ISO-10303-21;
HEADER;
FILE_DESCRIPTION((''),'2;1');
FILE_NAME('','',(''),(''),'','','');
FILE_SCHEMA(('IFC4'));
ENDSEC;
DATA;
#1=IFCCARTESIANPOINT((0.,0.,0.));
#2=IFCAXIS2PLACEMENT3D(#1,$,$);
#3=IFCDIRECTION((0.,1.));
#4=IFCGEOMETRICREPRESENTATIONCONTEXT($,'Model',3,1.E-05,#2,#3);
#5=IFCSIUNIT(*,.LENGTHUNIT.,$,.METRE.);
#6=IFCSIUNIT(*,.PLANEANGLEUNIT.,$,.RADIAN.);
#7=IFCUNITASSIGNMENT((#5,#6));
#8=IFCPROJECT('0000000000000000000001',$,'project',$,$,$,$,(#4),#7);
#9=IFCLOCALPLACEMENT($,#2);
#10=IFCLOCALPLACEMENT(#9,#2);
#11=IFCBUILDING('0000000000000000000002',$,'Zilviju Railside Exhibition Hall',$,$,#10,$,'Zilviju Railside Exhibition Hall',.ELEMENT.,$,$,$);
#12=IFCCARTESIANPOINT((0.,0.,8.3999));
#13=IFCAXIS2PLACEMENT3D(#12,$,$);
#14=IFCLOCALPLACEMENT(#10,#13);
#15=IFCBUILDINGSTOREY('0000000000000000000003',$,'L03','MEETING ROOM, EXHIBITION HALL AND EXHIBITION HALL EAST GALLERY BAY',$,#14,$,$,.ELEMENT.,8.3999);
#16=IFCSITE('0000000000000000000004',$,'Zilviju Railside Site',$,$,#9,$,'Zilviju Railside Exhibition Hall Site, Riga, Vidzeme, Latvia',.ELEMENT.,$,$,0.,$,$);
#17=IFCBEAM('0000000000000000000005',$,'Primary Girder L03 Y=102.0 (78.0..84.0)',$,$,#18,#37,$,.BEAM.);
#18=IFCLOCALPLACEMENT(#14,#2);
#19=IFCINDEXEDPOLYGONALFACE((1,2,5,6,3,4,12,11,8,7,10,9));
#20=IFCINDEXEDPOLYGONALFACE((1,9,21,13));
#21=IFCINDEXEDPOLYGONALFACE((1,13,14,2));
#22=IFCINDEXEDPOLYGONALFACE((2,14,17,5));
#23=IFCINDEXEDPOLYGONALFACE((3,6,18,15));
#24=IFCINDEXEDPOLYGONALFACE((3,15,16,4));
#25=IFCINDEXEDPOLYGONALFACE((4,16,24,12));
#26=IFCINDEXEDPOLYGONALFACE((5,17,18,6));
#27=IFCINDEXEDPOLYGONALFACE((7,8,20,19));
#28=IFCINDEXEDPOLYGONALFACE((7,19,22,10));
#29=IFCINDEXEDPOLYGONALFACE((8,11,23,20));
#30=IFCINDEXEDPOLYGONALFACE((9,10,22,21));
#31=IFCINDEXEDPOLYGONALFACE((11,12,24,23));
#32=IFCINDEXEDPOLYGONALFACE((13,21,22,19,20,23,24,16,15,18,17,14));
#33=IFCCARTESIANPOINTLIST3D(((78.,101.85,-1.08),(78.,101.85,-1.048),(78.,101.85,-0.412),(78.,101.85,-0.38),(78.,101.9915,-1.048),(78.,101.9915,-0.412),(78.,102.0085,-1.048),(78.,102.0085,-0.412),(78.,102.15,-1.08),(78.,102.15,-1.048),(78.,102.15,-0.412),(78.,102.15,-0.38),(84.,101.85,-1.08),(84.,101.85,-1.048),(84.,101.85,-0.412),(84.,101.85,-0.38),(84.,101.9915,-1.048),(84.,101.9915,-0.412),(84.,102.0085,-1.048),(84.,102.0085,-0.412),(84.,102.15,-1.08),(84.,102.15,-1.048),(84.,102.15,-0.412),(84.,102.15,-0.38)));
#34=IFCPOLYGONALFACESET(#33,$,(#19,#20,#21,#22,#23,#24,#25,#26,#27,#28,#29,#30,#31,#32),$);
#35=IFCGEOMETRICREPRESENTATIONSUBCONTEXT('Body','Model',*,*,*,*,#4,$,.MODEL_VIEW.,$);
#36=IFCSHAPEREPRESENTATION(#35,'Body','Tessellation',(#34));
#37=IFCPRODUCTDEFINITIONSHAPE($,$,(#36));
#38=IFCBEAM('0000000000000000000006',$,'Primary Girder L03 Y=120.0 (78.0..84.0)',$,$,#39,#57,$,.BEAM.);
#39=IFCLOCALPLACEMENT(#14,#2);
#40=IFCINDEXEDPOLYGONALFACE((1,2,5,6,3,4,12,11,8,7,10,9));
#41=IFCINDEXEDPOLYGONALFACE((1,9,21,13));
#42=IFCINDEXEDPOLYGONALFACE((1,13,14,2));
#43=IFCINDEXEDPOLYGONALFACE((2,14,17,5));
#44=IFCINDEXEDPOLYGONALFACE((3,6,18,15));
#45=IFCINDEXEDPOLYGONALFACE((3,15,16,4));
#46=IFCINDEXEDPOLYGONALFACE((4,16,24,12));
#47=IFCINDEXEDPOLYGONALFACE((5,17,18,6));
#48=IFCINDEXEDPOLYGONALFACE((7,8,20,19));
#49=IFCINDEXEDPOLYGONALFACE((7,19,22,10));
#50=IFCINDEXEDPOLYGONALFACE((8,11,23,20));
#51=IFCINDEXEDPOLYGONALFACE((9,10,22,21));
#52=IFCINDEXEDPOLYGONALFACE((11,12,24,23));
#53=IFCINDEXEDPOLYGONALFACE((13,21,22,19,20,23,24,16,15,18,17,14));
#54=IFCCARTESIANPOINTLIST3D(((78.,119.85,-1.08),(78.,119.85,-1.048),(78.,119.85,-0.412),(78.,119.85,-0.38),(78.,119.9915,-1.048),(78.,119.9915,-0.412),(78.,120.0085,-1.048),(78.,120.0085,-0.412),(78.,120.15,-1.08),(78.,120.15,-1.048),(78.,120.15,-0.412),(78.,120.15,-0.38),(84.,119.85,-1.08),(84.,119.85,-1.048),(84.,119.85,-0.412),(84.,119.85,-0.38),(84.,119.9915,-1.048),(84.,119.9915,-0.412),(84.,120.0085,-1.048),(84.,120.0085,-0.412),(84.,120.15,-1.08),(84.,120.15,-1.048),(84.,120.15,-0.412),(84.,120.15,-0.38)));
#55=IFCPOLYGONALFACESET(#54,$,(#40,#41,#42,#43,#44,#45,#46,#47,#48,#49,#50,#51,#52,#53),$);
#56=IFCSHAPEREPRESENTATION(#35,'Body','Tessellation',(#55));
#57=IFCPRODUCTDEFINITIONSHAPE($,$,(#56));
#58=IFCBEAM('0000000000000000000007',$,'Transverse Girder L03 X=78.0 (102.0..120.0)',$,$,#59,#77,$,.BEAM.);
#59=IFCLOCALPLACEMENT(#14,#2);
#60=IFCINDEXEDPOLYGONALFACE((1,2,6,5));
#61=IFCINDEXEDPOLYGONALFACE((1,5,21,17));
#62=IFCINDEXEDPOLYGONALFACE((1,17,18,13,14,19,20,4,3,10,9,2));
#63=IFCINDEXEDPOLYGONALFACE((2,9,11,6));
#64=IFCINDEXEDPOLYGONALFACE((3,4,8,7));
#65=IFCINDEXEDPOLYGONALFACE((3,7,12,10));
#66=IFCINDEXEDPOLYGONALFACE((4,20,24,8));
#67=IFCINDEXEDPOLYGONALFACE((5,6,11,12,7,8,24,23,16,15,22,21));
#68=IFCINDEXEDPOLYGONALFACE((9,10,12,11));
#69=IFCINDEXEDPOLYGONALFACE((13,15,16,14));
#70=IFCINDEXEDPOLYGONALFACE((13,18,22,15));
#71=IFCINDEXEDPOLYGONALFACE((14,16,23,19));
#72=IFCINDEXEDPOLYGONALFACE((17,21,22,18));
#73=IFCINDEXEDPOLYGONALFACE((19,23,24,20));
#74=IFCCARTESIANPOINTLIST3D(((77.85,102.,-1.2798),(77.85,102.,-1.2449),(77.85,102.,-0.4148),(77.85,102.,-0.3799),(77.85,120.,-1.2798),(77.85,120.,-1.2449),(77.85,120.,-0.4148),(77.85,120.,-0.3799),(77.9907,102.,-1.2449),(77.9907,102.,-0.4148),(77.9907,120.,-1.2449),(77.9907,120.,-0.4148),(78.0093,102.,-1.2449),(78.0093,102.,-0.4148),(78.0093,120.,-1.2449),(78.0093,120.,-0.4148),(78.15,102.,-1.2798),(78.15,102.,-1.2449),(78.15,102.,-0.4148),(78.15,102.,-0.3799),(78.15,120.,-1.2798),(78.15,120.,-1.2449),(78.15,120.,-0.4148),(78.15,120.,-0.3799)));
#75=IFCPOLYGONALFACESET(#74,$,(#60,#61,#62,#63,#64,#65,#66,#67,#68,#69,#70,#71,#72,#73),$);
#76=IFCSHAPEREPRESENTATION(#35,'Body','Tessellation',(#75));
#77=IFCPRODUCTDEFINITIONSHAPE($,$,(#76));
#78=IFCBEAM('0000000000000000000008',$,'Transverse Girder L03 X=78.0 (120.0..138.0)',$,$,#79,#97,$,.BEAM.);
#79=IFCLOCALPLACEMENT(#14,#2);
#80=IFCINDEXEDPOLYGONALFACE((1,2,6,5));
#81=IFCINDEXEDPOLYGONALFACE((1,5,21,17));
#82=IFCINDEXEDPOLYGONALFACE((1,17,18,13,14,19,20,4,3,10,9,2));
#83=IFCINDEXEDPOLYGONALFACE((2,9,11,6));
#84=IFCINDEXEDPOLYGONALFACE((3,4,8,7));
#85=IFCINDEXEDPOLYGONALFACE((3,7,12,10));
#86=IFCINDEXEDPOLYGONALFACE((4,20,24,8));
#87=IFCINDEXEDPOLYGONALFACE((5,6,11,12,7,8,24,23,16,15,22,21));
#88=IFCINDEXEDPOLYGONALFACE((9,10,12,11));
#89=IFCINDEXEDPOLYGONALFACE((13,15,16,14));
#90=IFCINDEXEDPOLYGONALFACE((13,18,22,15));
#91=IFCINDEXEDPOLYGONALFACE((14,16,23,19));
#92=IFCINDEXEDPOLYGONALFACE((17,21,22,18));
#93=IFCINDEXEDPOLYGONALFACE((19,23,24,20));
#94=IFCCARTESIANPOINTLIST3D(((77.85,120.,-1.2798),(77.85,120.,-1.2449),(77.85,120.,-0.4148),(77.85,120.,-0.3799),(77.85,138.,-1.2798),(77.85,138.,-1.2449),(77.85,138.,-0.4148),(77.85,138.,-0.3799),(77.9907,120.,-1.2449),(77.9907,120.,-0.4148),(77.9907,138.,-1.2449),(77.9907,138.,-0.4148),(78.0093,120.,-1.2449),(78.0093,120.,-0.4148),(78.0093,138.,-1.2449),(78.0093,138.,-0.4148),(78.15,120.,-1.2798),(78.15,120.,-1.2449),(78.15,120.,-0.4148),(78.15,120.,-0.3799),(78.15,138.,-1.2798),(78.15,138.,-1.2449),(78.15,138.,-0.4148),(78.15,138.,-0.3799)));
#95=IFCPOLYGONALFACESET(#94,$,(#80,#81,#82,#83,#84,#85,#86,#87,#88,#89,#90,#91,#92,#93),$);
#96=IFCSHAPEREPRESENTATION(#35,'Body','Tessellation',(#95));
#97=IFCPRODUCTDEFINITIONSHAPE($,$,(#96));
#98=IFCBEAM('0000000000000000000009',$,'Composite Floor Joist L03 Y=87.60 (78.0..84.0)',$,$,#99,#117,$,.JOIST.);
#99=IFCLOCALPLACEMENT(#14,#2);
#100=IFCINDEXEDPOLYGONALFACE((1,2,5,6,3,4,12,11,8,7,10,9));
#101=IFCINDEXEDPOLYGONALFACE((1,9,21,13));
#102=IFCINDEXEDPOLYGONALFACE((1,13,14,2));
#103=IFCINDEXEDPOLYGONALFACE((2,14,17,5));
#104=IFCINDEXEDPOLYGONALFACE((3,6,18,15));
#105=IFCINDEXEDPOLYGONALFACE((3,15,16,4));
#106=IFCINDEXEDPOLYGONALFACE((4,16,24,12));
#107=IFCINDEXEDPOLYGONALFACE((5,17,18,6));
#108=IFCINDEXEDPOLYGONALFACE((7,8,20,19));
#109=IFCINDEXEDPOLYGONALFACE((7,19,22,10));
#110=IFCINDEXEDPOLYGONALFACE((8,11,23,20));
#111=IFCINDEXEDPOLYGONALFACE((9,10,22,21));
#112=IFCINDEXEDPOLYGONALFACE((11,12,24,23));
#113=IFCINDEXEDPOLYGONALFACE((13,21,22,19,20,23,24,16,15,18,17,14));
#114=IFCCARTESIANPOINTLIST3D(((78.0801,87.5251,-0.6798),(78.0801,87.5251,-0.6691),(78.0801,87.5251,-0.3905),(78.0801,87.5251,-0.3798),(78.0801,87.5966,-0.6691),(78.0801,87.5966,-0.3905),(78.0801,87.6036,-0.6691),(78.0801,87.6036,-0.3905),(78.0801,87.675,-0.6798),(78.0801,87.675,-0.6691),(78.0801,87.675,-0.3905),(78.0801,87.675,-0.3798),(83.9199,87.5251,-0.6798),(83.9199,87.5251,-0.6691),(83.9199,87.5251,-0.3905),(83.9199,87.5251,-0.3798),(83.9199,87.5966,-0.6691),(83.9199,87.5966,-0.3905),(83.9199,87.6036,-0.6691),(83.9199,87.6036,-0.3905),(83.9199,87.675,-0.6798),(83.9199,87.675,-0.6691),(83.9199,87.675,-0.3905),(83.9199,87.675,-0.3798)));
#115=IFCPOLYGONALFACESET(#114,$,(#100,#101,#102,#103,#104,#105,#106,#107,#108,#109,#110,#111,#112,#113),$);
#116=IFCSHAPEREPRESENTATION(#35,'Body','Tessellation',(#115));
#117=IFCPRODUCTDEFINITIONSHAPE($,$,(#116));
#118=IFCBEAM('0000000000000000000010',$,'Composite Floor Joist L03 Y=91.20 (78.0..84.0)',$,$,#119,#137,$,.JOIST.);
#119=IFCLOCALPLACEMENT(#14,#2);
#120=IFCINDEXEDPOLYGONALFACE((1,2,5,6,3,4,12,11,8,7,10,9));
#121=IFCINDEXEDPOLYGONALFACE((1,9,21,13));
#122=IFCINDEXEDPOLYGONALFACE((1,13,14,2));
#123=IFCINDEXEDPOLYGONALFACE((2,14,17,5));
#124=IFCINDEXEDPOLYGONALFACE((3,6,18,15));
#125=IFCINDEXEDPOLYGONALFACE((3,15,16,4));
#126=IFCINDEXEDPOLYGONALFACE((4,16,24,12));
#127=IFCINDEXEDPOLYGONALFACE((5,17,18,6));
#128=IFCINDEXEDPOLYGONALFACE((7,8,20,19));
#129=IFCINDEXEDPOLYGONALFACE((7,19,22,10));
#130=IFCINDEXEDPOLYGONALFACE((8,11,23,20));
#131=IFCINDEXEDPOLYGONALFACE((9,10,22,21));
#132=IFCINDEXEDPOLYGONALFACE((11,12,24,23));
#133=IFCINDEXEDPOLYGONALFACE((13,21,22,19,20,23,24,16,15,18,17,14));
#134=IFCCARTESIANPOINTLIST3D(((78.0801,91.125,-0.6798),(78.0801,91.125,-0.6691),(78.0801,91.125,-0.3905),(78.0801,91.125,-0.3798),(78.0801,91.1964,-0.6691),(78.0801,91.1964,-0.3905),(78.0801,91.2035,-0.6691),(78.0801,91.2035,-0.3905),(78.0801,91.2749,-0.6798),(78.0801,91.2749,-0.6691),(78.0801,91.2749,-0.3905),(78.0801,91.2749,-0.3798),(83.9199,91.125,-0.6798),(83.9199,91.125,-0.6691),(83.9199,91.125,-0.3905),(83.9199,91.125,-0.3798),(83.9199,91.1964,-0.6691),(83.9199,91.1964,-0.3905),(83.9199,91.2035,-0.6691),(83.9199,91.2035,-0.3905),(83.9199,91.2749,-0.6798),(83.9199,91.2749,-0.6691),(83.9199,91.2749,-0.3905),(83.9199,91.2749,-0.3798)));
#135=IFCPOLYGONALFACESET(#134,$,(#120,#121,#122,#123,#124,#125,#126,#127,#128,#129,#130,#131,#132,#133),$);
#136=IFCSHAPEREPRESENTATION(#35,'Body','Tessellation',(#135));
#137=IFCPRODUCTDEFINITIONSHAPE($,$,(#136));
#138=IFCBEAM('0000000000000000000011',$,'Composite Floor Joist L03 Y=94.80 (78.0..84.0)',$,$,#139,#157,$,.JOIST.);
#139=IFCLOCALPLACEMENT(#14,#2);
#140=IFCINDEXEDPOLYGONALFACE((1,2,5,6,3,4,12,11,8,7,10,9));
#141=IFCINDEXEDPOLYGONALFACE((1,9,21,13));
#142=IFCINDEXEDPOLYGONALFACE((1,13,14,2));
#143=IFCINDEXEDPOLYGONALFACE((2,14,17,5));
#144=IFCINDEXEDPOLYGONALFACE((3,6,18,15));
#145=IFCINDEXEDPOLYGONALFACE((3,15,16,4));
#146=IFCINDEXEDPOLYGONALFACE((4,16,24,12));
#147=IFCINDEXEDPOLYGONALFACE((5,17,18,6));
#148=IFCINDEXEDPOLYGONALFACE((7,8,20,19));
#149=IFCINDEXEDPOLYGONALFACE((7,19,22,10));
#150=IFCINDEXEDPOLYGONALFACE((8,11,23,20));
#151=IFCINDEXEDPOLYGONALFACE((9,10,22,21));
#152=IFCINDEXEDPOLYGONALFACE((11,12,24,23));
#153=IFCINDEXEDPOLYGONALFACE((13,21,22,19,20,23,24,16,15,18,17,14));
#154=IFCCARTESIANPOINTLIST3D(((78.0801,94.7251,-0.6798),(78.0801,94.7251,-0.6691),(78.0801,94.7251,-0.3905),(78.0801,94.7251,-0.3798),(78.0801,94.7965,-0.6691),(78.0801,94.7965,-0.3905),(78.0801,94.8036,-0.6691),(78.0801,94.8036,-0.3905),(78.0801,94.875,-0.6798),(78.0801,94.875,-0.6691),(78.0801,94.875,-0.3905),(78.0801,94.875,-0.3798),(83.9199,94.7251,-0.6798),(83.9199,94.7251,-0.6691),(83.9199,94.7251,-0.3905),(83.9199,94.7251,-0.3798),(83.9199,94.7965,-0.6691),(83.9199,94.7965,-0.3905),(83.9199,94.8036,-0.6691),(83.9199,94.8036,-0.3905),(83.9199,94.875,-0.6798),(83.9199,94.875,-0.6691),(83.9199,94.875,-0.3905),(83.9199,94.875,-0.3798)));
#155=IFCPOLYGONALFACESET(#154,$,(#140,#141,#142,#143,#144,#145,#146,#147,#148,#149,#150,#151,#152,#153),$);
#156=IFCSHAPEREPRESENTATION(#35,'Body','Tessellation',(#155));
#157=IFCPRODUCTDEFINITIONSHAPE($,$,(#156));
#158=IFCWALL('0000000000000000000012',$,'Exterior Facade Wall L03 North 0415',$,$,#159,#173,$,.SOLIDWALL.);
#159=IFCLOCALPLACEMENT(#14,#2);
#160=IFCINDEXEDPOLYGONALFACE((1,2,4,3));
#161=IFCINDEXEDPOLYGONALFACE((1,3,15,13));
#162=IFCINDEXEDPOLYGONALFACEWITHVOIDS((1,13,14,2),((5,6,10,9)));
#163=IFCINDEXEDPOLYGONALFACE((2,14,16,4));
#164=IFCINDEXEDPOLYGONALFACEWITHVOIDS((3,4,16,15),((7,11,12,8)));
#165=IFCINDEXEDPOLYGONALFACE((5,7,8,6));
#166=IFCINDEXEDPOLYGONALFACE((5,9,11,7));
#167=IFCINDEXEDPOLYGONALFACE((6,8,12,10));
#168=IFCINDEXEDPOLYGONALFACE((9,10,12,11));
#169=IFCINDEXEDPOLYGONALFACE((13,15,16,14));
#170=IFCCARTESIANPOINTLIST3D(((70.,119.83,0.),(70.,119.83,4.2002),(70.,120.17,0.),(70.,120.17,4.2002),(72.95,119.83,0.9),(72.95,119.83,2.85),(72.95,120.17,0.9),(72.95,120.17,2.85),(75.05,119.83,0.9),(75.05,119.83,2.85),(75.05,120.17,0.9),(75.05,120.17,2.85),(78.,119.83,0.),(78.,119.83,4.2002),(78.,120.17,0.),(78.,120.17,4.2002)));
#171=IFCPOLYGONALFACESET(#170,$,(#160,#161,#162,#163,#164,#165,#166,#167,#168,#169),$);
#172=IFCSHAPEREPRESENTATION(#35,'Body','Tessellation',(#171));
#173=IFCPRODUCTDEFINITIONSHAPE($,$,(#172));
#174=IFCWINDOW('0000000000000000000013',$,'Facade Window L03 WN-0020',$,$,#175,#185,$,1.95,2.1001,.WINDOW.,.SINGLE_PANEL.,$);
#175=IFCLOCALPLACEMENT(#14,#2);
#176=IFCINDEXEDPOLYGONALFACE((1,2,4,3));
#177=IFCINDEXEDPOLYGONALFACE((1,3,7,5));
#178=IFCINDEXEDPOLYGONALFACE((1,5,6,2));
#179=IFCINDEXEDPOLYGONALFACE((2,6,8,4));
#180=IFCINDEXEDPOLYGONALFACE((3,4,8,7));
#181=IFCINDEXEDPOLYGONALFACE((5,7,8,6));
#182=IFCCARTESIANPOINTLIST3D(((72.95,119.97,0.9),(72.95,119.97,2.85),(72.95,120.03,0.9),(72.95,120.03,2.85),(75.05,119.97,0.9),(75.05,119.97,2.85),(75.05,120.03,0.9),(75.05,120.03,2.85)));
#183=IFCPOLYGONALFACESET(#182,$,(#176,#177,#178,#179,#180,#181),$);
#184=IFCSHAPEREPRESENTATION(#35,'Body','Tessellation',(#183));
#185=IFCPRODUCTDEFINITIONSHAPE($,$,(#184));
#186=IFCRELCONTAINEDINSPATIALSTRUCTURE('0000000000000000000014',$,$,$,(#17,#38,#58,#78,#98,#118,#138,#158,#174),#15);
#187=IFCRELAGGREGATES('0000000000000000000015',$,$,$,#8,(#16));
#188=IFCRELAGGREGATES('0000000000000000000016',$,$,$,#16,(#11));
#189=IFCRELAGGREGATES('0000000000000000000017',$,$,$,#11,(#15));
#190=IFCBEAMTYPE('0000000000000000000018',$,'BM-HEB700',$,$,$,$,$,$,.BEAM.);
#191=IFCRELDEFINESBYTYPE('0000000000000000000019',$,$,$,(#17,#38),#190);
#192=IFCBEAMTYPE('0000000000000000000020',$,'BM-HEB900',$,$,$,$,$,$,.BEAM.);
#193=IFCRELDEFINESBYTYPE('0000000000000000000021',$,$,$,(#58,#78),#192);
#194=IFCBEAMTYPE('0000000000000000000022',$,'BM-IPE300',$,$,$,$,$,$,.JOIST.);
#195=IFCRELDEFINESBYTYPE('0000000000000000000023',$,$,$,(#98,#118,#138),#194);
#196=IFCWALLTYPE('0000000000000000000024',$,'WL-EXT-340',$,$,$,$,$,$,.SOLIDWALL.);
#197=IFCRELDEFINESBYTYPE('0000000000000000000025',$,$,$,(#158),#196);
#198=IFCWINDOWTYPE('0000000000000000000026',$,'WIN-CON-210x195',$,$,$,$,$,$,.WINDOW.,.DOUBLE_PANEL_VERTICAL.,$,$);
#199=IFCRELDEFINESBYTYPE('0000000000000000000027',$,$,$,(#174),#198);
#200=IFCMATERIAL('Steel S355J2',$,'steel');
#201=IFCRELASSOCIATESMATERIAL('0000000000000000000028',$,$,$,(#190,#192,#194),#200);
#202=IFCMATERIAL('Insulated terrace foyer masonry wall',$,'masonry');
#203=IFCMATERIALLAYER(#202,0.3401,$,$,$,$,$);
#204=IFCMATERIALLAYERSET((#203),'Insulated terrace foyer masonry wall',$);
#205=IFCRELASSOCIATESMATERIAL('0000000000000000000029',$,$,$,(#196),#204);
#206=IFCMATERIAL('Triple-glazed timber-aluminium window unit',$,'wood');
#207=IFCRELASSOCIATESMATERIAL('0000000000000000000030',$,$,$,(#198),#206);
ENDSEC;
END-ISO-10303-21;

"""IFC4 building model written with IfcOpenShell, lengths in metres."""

from ifc_helpers import new_model, si_unit, direction, frame, frame_2d, origin, origin_2d, place, context, subcontext, project, spatial, rectangle, i_section, extrude, material, layer, layer_set, material_profile, profile_set, type_object, element, fill, save


model = new_model("IFC4")

# Units and contexts
model_context = context("Model", 3, precision=1e-05, world=origin(), true_north=direction((0.0, 1.0)))
body_context = subcontext(model_context, "Body", "Model", "MODEL_VIEW")
ifc_project = project(units=[si_unit("LENGTHUNIT", "METRE"), si_unit("PLANEANGLEUNIT", "RADIAN")], contexts=[model_context])

# Site, building, storey
site_placement = place(None, origin())
site = spatial("IfcSite", under=ifc_project, at=site_placement, Name="Zilviju Railside Site", LongName="Zilviju Railside Exhibition Hall Site, Riga, Vidzeme, Latvia", CompositionType="ELEMENT", RefElevation=0.0)
building_placement = place(site_placement, origin())
building = spatial("IfcBuilding", under=site, at=building_placement, Name="Zilviju Railside Exhibition Hall", LongName="Zilviju Railside Exhibition Hall", CompositionType="ELEMENT")
storey_placement = place(building_placement, frame((0.0, 0.0, 8.3999)))
storey = spatial("IfcBuildingStorey", under=building, at=storey_placement, Name="L03", Description="MEETING ROOM, EXHIBITION HALL AND EXHIBITION HALL EAST GALLERY BAY", CompositionType="ELEMENT", Elevation=8.3999)

# Shared definitions
ifc_material_1 = material(Name="Steel S355J2", Category="steel")

# Beams
ifc_material_profile_1 = material_profile(ifc_material_1, i_section(OverallWidth=0.3, OverallDepth=0.7, WebThickness=0.0171, FlangeThickness=0.032, at=origin_2d()), Name="HEB 700")
ifc_profile_set_1 = profile_set([ifc_material_profile_1], Name="Steel S355J2")
beam_type_1 = type_object("IfcBeamType", Name="BM-HEB700", PredefinedType="BEAM", material=ifc_profile_set_1)
for number, where, z_axis, x_axis, name in (
    (1, (78.0, 102.0, -0.73), (1.0, 0.0, 0.0), (0.0, 1.0, 0.0), "Primary Girder L03 Y=102.0 (78.0..84.0)"),
    (2, (78.0, 120.0, -0.73), (1.0, 0.0, 0.0), (0.0, 1.0, 0.0), "Primary Girder L03 Y=120.0 (78.0..84.0)"),
):
    element("IfcBeam", number, at=place(storey_placement, frame(where, z_axis=z_axis, x_axis=x_axis)), inside=storey, type_object=beam_type_1, Name=name, PredefinedType="BEAM", context=body_context, shape_type="SweptSolid", body=[
        extrude(i_section(OverallWidth=0.3, OverallDepth=0.7, WebThickness=0.0171, FlangeThickness=0.032, at=origin_2d()), origin(), (0.0, 0.0, 1.0), 6.0),
    ])
ifc_material_profile_2 = material_profile(ifc_material_1, i_section(OverallWidth=0.3, OverallDepth=0.8999, WebThickness=0.0186, FlangeThickness=0.0349, at=origin_2d()), Name="HEB 900")
ifc_profile_set_2 = profile_set([ifc_material_profile_2], Name="Steel S355J2")
beam_type_2 = type_object("IfcBeamType", Name="BM-HEB900", PredefinedType="BEAM", material=ifc_profile_set_2)
for number, where, z_axis, x_axis, name in (
    (3, (78.0, 102.0, -0.8298), (0.0, 1.0, 0.0), (-1.0, 0.0, 0.0), "Transverse Girder L03 X=78.0 (102.0..120.0)"),
    (4, (78.0, 120.0, -0.8298), (0.0, 1.0, 0.0), (-1.0, 0.0, 0.0), "Transverse Girder L03 X=78.0 (120.0..138.0)"),
):
    element("IfcBeam", number, at=place(storey_placement, frame(where, z_axis=z_axis, x_axis=x_axis)), inside=storey, type_object=beam_type_2, Name=name, PredefinedType="BEAM", context=body_context, shape_type="SweptSolid", body=[
        extrude(i_section(OverallWidth=0.3, OverallDepth=0.8999, WebThickness=0.0186, FlangeThickness=0.0349, at=origin_2d()), origin(), (0.0, 0.0, 1.0), 18.0),
    ])
ifc_material_profile_3 = material_profile(ifc_material_1, i_section(OverallWidth=0.1499, OverallDepth=0.3, WebThickness=0.0071, FlangeThickness=0.0107, at=origin_2d()), Name="IPE 300")
ifc_profile_set_3 = profile_set([ifc_material_profile_3], Name="Steel S355J2")
beam_type_3 = type_object("IfcBeamType", Name="BM-IPE300", PredefinedType="JOIST", material=ifc_profile_set_3)
for number, where, z_axis, x_axis, name in (
    (5, (78.0801, 87.6001, -0.5298), (1.0, 0.0, 0.0), (0.0, 1.0, 0.0), "Composite Floor Joist L03 Y=87.60 (78.0..84.0)"),
    (6, (78.0801, 91.2, -0.5298), (1.0, 0.0, 0.0), (0.0, 1.0, 0.0), "Composite Floor Joist L03 Y=91.20 (78.0..84.0)"),
    (7, (78.0801, 94.8, -0.5298), (1.0, 0.0, 0.0), (0.0, 1.0, 0.0), "Composite Floor Joist L03 Y=94.80 (78.0..84.0)"),
):
    element("IfcBeam", number, at=place(storey_placement, frame(where, z_axis=z_axis, x_axis=x_axis)), inside=storey, type_object=beam_type_3, Name=name, PredefinedType="JOIST", context=body_context, shape_type="SweptSolid", body=[
        extrude(i_section(OverallWidth=0.1499, OverallDepth=0.3, WebThickness=0.0071, FlangeThickness=0.0107, at=origin_2d()), origin(), (0.0, 0.0, 1.0), 5.8398),
    ])

# Wall, opening, window
ifc_material_2 = material(Name="Insulated terrace foyer masonry wall", Category="masonry")
ifc_layer_1 = layer(ifc_material_2, 0.3401)
ifc_layer_set_1 = layer_set([ifc_layer_1], Name="Insulated terrace foyer masonry wall")
wall_type_1 = type_object("IfcWallType", Name="WL-EXT-340", PredefinedType="SOLIDWALL", material=ifc_layer_set_1)
wall_1_placement = place(storey_placement, frame((70.0, 120.0, 0.0), z_axis=(0.0, 0.0, 1.0), x_axis=(1.0, 0.0, 0.0)))
wall_1 = element("IfcWall", 8, at=wall_1_placement, inside=storey, type_object=wall_type_1, Name="Exterior Facade Wall L03 North 0415", PredefinedType="SOLIDWALL", context=body_context, shape_type="SweptSolid", body=[
    extrude(rectangle(XDim=8.0, YDim=0.3401, at=frame_2d((4.0, 0.0))), origin(), (0.0, 0.0, 1.0), 4.2002),
])
opening_1_placement = place(wall_1_placement, frame((2.95, 0.0, 0.8999)))
opening_1 = element("IfcOpeningElement", 9, at=opening_1_placement, cuts=wall_1, PredefinedType="OPENING", context=body_context, shape_type="SweptSolid", body=[
    extrude(rectangle(XDim=2.1001, YDim=1.95, at=frame_2d((1.05, 0.9751))), frame((0.0, 0.1799, 0.0), z_axis=(0.0, -1.0, 0.0), x_axis=(1.0, 0.0, 0.0)), (0.0, 0.0, 1.0), 0.3601),
])
ifc_material_3 = material(Name="Triple-glazed timber-aluminium window unit", Category="wood")
window_type = type_object("IfcWindowType", Name="WIN-CON-210x195", PartitioningType="DOUBLE_PANEL_VERTICAL", PredefinedType="WINDOW", material=ifc_material_3)
window_placement = place(opening_1_placement, origin())
window = element("IfcWindow", 10, at=window_placement, inside=storey, type_object=window_type, Name="Facade Window L03 WN-0020", OverallHeight=1.95, OverallWidth=2.1001, PartitioningType="SINGLE_PANEL", PredefinedType="WINDOW", context=body_context, shape_type="SweptSolid", body=[
    extrude(rectangle(XDim=2.1001, YDim=1.95, at=frame_2d((1.05, 0.9751))), frame((0.0, 0.03, 0.0), z_axis=(0.0, -1.0, 0.0), x_axis=(1.0, 0.0, 0.0)), (0.0, 0.0, 1.0), 0.0601),
])
fill(opening_1, window)

save(model, "model.ifc")
